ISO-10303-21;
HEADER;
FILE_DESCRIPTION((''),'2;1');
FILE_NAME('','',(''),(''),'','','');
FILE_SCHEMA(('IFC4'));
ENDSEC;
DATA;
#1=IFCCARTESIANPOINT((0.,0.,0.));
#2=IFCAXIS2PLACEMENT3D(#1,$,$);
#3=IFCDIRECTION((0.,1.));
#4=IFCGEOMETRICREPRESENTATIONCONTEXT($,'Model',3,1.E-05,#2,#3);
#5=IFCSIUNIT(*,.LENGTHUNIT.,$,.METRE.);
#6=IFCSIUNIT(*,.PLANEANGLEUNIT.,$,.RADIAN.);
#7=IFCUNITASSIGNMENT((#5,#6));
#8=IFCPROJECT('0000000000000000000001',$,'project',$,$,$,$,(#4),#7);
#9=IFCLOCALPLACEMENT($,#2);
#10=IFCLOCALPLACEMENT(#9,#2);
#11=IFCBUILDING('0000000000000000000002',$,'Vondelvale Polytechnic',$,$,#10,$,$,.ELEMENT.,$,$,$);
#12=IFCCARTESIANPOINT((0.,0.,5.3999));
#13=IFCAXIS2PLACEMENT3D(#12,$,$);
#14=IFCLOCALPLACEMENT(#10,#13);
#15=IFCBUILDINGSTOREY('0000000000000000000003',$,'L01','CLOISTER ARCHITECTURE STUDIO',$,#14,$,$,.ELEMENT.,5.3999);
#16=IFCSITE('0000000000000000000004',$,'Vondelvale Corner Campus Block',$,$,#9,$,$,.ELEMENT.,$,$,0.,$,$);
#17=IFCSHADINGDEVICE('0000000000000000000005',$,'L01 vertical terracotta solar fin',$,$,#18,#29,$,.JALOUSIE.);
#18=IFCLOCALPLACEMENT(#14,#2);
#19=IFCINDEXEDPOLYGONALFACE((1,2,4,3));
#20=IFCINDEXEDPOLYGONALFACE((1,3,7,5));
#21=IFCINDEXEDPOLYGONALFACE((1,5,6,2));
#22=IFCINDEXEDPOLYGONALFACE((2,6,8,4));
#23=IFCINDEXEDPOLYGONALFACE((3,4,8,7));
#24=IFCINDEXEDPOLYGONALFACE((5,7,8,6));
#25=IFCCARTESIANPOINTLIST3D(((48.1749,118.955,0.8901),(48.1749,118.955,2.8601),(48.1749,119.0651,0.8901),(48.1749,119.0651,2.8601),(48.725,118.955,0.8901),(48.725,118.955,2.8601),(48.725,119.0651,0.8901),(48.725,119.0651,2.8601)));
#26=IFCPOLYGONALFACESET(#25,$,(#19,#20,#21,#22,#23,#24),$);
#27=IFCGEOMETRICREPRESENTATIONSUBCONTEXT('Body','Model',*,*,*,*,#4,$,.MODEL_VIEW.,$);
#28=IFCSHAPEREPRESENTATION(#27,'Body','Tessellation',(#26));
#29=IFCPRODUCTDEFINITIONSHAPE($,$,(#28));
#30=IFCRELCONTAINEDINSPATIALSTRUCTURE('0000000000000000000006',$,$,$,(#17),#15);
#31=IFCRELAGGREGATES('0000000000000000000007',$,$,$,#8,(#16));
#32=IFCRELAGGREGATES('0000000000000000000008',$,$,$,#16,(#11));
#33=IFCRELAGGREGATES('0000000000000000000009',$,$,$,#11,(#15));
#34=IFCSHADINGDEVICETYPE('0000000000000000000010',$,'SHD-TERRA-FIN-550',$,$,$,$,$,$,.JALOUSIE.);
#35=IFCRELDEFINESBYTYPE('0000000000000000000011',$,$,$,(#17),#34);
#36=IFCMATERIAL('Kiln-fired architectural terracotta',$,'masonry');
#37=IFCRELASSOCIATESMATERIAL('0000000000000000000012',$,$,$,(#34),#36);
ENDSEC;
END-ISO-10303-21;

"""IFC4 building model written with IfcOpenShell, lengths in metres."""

from ifc_helpers import new_model, si_unit, direction, frame, origin, origin_2d, place, context, subcontext, project, spatial, rectangle, extrude, material, type_object, element, save


model = new_model("IFC4")

# Units and contexts
model_context = context("Model", 3, precision=1e-05, world=origin(), true_north=direction((0.0, 1.0)))
body_context = subcontext(model_context, "Body", "Model", "MODEL_VIEW")
ifc_project = project(units=[si_unit("LENGTHUNIT", "METRE"), si_unit("PLANEANGLEUNIT", "RADIAN")], contexts=[model_context])

# Site, building, storey
site_placement = place(None, origin())
site = spatial("IfcSite", under=ifc_project, at=site_placement, Name="Vondelvale Corner Campus Block", CompositionType="ELEMENT", RefElevation=0.0)
building_placement = place(site_placement, origin())
building = spatial("IfcBuilding", under=site, at=building_placement, Name="Vondelvale Polytechnic", CompositionType="ELEMENT")
storey_placement = place(building_placement, frame((0.0, 0.0, 5.3999)))
storey = spatial("IfcBuildingStorey", under=building, at=storey_placement, Name="L01", Description="CLOISTER ARCHITECTURE STUDIO", CompositionType="ELEMENT", Elevation=5.3999)

# Shading device
ifc_material_1 = material(Name="Kiln-fired architectural terracotta", Category="masonry")
shading_device_type_1 = type_object("IfcShadingDeviceType", Name="SHD-TERRA-FIN-550", PredefinedType="JALOUSIE", material=ifc_material_1)
shading_device_1_placement = place(storey_placement, frame((48.45, 119.01, 0.8901), z_axis=(0.0, 0.0, 1.0), x_axis=(0.0, -1.0, 0.0)))
element("IfcShadingDevice", 1, at=shading_device_1_placement, inside=storey, type_object=shading_device_type_1, Name="L01 vertical terracotta solar fin", PredefinedType="JALOUSIE", context=body_context, shape_type="SweptSolid", body=[
    extrude(rectangle(XDim=0.1101, YDim=0.55, at=origin_2d()), origin(), (0.0, 0.0, 1.0), 1.97),
])

save(model, "model.ifc")
